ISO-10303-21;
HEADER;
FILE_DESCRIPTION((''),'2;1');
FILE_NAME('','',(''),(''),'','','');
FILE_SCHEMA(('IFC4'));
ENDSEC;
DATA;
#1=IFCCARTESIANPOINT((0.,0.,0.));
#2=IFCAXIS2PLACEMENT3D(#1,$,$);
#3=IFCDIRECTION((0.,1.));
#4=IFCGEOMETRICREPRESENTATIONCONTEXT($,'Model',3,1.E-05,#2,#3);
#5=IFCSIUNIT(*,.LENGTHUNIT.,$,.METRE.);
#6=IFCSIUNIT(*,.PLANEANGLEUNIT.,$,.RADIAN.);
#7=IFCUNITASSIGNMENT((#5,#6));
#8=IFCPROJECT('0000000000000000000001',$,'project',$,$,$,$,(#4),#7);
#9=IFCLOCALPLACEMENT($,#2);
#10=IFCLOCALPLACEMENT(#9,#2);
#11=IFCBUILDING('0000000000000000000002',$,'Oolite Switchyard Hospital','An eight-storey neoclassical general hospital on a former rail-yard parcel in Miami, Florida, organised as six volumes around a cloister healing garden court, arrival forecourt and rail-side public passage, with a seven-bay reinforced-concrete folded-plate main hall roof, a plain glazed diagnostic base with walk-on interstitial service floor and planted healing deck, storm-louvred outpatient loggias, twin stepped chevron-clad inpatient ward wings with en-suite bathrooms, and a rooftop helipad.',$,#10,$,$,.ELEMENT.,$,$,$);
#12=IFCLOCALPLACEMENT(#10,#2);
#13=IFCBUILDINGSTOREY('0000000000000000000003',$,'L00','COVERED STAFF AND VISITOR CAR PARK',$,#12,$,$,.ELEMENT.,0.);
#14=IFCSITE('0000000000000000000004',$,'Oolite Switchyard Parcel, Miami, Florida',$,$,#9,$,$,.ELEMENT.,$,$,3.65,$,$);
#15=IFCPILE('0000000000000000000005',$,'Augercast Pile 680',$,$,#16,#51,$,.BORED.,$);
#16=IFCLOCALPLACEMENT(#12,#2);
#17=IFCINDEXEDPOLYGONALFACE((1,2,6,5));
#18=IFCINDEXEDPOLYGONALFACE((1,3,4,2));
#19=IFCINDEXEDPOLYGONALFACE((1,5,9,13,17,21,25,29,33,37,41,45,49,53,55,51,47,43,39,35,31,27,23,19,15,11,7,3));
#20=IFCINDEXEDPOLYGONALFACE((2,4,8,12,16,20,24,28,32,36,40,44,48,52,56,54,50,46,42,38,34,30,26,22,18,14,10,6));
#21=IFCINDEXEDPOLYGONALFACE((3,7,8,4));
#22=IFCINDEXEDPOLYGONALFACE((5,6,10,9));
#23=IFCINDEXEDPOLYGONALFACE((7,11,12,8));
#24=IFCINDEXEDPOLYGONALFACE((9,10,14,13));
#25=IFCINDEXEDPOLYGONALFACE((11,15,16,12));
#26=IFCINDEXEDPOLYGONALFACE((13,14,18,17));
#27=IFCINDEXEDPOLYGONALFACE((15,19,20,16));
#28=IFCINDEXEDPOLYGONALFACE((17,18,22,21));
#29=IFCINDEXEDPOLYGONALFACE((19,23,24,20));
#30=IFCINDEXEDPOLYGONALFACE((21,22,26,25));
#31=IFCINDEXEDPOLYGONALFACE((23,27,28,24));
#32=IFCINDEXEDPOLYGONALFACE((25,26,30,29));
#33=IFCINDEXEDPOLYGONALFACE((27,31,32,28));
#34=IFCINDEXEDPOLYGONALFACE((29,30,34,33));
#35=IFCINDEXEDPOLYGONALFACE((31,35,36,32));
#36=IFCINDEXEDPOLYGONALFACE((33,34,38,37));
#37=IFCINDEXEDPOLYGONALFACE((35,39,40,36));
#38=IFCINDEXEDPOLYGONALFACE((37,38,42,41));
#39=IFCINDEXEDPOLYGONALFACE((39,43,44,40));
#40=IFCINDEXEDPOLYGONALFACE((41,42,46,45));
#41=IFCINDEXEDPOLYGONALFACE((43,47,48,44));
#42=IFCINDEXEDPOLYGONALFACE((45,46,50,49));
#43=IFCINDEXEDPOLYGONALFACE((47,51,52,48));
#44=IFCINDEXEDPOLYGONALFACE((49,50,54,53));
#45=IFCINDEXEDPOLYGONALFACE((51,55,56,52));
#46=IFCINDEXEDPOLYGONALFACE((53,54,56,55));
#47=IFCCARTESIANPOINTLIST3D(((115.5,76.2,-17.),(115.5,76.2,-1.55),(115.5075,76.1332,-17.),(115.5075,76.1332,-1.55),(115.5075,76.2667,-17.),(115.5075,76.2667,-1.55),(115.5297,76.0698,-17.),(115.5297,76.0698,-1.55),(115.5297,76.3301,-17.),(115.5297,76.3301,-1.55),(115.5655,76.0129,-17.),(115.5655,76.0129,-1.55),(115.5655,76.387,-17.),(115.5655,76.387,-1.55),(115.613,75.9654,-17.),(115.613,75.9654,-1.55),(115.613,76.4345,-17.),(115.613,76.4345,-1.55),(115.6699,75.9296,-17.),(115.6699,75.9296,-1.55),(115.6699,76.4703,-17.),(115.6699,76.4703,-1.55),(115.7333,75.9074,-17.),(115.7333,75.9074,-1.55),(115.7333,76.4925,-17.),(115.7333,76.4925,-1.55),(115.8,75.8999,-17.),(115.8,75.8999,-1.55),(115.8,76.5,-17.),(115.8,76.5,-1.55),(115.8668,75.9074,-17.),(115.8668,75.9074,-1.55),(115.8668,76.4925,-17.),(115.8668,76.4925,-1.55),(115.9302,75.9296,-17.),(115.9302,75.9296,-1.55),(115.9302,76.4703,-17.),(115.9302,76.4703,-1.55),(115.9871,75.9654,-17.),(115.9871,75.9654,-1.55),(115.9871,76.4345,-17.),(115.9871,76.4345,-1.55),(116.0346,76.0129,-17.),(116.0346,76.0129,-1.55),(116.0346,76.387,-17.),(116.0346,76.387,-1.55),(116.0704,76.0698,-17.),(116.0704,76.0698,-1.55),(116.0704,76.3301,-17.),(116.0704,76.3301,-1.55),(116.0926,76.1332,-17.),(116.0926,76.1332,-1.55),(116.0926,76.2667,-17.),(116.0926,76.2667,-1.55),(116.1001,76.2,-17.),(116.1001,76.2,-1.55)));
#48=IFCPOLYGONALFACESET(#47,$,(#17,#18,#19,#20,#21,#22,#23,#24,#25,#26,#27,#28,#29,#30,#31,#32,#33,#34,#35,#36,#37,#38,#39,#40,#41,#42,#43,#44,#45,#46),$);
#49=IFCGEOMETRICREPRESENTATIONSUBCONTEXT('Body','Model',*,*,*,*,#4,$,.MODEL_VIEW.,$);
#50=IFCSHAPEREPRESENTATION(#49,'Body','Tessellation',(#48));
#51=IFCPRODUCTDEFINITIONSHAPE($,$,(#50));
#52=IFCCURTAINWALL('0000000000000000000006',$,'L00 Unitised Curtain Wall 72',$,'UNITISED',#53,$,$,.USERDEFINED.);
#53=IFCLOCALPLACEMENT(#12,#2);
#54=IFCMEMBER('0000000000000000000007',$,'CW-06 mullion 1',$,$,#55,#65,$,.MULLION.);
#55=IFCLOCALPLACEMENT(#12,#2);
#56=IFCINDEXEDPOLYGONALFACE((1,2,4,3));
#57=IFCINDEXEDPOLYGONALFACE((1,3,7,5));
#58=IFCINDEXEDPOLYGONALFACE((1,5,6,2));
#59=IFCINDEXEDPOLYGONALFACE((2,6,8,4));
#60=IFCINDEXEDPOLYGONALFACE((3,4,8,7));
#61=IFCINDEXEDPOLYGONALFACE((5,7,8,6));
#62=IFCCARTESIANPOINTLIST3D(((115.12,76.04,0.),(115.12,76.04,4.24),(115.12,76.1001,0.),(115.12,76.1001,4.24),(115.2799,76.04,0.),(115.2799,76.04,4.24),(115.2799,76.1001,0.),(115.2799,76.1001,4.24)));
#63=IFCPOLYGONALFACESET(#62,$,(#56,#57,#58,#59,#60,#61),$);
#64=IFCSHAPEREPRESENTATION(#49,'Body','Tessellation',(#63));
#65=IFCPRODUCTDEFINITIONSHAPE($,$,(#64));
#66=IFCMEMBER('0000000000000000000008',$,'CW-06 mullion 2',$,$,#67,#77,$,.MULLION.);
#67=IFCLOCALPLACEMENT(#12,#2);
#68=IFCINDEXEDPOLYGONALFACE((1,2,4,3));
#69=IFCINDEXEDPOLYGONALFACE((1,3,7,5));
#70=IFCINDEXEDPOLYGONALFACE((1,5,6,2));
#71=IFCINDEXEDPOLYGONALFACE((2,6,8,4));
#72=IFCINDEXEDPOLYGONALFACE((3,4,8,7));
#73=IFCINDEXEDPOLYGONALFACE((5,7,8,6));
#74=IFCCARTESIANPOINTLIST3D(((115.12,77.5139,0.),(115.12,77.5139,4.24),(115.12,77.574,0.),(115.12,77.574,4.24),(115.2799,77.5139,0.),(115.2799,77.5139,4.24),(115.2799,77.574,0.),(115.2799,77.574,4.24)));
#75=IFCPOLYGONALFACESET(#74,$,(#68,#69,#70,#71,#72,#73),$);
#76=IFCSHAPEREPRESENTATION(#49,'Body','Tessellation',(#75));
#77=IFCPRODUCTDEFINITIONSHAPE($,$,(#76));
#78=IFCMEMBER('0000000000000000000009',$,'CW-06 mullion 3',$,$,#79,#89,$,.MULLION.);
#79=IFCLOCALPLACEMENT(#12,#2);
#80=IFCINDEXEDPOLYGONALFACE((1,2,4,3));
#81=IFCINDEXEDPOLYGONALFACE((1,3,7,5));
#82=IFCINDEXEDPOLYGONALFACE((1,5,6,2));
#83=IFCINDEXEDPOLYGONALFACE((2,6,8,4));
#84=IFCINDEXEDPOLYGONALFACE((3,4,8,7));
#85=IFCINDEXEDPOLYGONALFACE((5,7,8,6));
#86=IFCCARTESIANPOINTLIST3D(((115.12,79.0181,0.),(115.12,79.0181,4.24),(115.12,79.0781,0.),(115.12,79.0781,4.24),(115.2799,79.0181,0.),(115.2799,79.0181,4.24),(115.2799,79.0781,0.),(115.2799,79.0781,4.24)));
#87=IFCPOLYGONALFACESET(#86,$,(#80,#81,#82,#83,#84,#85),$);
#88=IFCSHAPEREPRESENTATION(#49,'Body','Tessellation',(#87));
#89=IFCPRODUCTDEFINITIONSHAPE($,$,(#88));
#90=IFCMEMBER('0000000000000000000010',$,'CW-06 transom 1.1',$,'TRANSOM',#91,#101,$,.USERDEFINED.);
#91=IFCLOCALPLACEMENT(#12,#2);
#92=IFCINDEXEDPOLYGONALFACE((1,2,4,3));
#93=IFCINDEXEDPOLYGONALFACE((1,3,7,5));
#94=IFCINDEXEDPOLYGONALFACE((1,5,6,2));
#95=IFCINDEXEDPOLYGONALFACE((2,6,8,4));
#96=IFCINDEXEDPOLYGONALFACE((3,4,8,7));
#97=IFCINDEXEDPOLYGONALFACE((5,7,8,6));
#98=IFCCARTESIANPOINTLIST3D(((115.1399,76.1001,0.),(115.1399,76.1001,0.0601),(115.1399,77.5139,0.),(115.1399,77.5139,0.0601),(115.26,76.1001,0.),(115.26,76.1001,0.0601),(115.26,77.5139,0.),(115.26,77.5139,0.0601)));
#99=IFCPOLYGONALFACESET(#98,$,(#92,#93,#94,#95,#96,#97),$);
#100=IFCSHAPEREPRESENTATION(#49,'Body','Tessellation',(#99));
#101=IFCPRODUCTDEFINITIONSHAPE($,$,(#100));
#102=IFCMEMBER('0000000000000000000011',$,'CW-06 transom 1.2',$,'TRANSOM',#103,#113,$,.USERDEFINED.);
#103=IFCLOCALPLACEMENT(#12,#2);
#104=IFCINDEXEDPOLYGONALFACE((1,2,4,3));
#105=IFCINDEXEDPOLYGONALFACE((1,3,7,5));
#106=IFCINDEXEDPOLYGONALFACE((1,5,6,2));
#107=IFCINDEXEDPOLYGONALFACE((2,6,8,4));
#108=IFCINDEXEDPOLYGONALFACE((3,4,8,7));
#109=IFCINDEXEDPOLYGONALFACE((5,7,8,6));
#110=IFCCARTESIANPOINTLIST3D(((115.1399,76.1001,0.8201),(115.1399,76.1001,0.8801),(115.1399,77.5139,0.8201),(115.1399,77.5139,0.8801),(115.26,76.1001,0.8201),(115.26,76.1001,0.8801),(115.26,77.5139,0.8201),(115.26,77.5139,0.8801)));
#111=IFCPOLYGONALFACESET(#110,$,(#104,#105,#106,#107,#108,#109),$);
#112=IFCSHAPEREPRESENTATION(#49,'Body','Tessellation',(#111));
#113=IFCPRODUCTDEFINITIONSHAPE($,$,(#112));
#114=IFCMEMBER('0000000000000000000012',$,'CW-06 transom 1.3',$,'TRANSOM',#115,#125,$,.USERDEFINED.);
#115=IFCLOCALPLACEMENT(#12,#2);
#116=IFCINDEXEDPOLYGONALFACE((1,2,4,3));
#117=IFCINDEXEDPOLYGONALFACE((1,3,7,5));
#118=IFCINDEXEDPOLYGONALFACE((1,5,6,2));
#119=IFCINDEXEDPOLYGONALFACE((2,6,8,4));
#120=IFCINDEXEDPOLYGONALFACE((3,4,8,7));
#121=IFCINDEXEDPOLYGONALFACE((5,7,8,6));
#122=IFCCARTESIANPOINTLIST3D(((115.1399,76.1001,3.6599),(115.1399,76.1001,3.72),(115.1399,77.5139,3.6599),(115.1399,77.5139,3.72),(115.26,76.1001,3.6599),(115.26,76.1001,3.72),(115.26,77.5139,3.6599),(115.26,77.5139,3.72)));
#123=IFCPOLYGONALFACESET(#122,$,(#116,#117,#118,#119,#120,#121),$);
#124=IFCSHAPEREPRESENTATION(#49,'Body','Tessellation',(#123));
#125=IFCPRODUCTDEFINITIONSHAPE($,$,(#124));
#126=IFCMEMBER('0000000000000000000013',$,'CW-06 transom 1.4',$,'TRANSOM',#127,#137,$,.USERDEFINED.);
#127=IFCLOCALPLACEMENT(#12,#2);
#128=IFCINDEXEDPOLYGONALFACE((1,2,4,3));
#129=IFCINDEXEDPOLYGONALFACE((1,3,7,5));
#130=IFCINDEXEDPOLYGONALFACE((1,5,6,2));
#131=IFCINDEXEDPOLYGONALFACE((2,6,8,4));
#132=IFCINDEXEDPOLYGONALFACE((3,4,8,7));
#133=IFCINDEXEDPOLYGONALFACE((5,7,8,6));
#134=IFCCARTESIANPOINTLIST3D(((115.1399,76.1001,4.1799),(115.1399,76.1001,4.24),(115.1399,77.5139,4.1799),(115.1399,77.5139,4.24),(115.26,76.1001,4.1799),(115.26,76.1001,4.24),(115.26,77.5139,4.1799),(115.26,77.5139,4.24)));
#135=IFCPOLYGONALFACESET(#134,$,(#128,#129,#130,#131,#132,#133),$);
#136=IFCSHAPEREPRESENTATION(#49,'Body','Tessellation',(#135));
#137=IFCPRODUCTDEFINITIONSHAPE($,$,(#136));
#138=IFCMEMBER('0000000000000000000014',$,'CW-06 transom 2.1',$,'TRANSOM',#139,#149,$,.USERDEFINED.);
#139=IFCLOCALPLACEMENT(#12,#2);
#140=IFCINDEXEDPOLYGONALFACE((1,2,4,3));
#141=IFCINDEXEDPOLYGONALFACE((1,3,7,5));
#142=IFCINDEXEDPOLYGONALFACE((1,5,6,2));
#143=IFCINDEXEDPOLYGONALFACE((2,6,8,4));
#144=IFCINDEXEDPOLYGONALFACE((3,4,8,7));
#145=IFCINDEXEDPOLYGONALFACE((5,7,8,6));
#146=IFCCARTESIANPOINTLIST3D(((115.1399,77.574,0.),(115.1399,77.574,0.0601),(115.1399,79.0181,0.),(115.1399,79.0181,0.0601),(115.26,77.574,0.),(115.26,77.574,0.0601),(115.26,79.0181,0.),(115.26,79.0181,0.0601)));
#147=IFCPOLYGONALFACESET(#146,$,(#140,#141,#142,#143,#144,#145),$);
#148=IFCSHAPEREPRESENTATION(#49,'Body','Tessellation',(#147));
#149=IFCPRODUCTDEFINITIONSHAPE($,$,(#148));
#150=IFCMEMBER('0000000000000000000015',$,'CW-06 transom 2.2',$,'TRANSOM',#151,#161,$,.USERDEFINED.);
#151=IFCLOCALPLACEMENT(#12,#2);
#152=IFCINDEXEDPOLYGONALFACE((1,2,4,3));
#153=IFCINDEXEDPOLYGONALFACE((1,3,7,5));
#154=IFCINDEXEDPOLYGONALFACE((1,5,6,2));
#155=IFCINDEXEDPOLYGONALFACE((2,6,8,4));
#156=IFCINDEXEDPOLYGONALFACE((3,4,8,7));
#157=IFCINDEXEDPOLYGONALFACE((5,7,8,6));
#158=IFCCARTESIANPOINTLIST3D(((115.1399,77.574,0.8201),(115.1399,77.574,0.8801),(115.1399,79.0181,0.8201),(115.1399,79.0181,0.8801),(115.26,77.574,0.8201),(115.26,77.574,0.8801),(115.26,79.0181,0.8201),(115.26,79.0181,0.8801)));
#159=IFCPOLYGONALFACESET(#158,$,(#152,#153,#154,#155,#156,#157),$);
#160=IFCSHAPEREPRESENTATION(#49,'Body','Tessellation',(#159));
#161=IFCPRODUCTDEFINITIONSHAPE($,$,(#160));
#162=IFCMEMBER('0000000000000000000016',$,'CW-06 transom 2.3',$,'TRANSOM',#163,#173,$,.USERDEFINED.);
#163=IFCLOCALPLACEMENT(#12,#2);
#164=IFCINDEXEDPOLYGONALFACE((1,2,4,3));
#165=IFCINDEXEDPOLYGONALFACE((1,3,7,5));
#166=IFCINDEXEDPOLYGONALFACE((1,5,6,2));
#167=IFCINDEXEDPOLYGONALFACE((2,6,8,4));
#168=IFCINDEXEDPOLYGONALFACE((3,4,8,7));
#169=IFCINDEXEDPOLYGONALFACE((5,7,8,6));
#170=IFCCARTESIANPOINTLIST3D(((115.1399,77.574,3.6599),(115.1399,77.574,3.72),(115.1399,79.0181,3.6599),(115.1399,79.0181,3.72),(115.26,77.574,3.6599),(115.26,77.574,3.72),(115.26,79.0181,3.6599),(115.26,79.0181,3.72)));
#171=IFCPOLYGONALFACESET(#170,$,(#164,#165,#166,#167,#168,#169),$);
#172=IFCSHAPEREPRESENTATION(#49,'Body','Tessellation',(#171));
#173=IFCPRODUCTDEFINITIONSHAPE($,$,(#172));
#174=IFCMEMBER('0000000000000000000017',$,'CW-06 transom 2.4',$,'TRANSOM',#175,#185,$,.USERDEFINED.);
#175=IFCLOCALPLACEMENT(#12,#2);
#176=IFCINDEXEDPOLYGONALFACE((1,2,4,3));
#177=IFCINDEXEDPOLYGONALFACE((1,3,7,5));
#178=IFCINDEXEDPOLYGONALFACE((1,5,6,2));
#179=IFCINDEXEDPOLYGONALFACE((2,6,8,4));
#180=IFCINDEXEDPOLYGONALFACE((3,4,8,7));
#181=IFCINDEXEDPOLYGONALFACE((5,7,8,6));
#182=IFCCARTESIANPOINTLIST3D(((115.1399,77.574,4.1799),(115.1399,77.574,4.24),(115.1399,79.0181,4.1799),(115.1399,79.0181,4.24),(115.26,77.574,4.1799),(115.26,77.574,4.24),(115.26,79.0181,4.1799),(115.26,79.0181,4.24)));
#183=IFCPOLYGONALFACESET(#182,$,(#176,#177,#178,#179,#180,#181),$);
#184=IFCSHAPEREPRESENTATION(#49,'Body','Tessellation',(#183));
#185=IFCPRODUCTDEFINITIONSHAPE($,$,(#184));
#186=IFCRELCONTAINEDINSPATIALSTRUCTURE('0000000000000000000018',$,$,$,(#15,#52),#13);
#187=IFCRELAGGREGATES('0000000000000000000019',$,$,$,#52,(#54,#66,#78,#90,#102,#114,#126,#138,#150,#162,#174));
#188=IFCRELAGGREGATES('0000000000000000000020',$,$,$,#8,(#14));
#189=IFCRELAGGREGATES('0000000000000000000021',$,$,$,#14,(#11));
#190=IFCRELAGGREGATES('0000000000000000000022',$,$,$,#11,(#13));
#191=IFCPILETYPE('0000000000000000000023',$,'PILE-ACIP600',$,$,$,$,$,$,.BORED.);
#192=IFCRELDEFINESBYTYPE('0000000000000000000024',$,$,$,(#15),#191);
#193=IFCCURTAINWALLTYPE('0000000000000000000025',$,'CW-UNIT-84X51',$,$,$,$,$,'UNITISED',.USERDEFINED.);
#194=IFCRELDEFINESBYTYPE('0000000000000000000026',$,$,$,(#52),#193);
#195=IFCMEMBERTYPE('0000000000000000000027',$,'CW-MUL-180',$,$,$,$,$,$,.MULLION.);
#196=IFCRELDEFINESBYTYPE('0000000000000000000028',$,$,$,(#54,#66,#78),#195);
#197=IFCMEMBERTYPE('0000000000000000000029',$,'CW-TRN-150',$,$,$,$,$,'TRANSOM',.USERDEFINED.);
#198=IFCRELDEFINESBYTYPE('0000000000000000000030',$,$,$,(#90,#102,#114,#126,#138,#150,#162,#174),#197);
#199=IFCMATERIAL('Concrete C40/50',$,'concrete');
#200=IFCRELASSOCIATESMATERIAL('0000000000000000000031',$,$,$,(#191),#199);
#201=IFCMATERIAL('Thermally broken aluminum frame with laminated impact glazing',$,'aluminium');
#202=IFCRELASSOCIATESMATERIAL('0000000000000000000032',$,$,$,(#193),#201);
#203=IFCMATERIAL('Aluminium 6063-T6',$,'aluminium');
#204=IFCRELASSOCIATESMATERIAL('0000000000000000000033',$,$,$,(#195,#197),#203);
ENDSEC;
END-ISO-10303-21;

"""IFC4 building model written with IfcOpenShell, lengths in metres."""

from ifc_helpers import new_model, si_unit, direction, frame, origin, origin_2d, place, context, subcontext, project, spatial, rectangle, circle, extrude, material, material_profile, profile_set, type_object, element, aggregate, save


model = new_model("IFC4")

# Units and contexts
model_context = context("Model", 3, precision=1e-05, world=origin(), true_north=direction((0.0, 1.0)))
body_context = subcontext(model_context, "Body", "Model", "MODEL_VIEW")
ifc_project = project(units=[si_unit("LENGTHUNIT", "METRE"), si_unit("PLANEANGLEUNIT", "RADIAN")], contexts=[model_context])

# Site, building, storey
site_placement = place(None, origin())
site = spatial("IfcSite", under=ifc_project, at=site_placement, Name="Oolite Switchyard Parcel, Miami, Florida", CompositionType="ELEMENT", RefElevation=3.65)
building_placement = place(site_placement, origin())
building = spatial("IfcBuilding", under=site, at=building_placement, Name="Oolite Switchyard Hospital", Description="An eight-storey neoclassical general hospital on a former rail-yard parcel in Miami, Florida, organised as six volumes around a cloister healing garden court, arrival forecourt and rail-side public passage, with a seven-bay reinforced-concrete folded-plate main hall roof, a plain glazed diagnostic base with walk-on interstitial service floor and planted healing deck, storm-louvred outpatient loggias, twin stepped chevron-clad inpatient ward wings with en-suite bathrooms, and a rooftop helipad.", CompositionType="ELEMENT")
storey_placement = place(building_placement, origin())
storey = spatial("IfcBuildingStorey", under=building, at=storey_placement, Name="L00", Description="COVERED STAFF AND VISITOR CAR PARK", CompositionType="ELEMENT", Elevation=0.0)

# Pile
ifc_material_1 = material(Name="Concrete C40/50", Category="concrete")
ifc_material_profile_1 = material_profile(ifc_material_1, circle(Radius=0.3, at=origin_2d()), Name="PILE600")
ifc_profile_set_1 = profile_set([ifc_material_profile_1], Name="Concrete C40/50")
pile_type = type_object("IfcPileType", Name="PILE-ACIP600", PredefinedType="BORED", material=ifc_profile_set_1)
pile_placement = place(storey_placement, frame((115.8, 76.2, -1.55), z_axis=(0.0, 0.0, -1.0), x_axis=(1.0, 0.0, 0.0)))
element("IfcPile", 1, at=pile_placement, inside=storey, type_object=pile_type, Name="Augercast Pile 680", PredefinedType="BORED", context=body_context, shape_type="SweptSolid", body=[
    extrude(circle(Radius=0.3, at=origin_2d()), origin(), (0.0, 0.0, 1.0), 15.45),
])

# Curtain wall, members
ifc_material_2 = material(Name="Thermally broken aluminum frame with laminated impact glazing", Category="aluminium")
curtain_wall_type = type_object("IfcCurtainWallType", Name="CW-UNIT-84X51", ElementType="UNITISED", PredefinedType="USERDEFINED", material=ifc_material_2)
curtain_wall_placement = place(storey_placement, origin())
curtain_wall = element("IfcCurtainWall", 2, at=curtain_wall_placement, inside=storey, type_object=curtain_wall_type, Name="L00 Unitised Curtain Wall 72", ObjectType="UNITISED", PredefinedType="USERDEFINED")
ifc_material_3 = material(Name="Aluminium 6063-T6", Category="aluminium")
ifc_material_profile_2 = material_profile(ifc_material_3, rectangle(XDim=0.1599, YDim=0.0601, at=origin_2d()), Name="CWM60X160")
ifc_profile_set_2 = profile_set([ifc_material_profile_2], Name="Aluminium 6063-T6")
member_type_1 = type_object("IfcMemberType", Name="CW-MUL-180", PredefinedType="MULLION", material=ifc_profile_set_2)
member_1_placement = place(storey_placement, frame((115.2, 76.0701, 0.0), z_axis=(0.0, 0.0, 1.0), x_axis=(-1.0, 0.0, 0.0)))
member_1 = element("IfcMember", 3, at=member_1_placement, type_object=member_type_1, Name="CW-06 mullion 1", PredefinedType="MULLION", context=body_context, shape_type="SweptSolid", body=[
    extrude(rectangle(XDim=0.1599, YDim=0.0601, at=origin_2d()), origin(), (0.0, 0.0, 1.0), 4.24),
])
member_2_placement = place(storey_placement, frame((115.2, 77.5439, 0.0), z_axis=(0.0, 0.0, 1.0), x_axis=(-1.0, 0.0, 0.0)))
member_2 = element("IfcMember", 4, at=member_2_placement, type_object=member_type_1, Name="CW-06 mullion 2", PredefinedType="MULLION", context=body_context, shape_type="SweptSolid", body=[
    extrude(rectangle(XDim=0.1599, YDim=0.0601, at=origin_2d()), origin(), (0.0, 0.0, 1.0), 4.24),
])
member_3_placement = place(storey_placement, frame((115.2, 79.0481, 0.0), z_axis=(0.0, 0.0, 1.0), x_axis=(-1.0, 0.0, 0.0)))
member_3 = element("IfcMember", 5, at=member_3_placement, type_object=member_type_1, Name="CW-06 mullion 3", PredefinedType="MULLION", context=body_context, shape_type="SweptSolid", body=[
    extrude(rectangle(XDim=0.1599, YDim=0.0601, at=origin_2d()), origin(), (0.0, 0.0, 1.0), 4.24),
])
ifc_material_profile_3 = material_profile(ifc_material_3, rectangle(XDim=0.1201, YDim=0.0601, at=origin_2d()), Name="CWT60X120")
ifc_profile_set_3 = profile_set([ifc_material_profile_3], Name="Aluminium 6063-T6")
member_type_2 = type_object("IfcMemberType", Name="CW-TRN-150", ElementType="TRANSOM", PredefinedType="USERDEFINED", material=ifc_profile_set_3)
member_4_placement = place(storey_placement, frame((115.2, 76.1001, 0.03), z_axis=(0.0, 1.0, 0.0), x_axis=(-1.0, 0.0, 0.0)))
member_4 = element("IfcMember", 6, at=member_4_placement, type_object=member_type_2, Name="CW-06 transom 1.1", ObjectType="TRANSOM", PredefinedType="USERDEFINED", context=body_context, shape_type="SweptSolid", body=[
    extrude(rectangle(XDim=0.1201, YDim=0.0601, at=origin_2d()), origin(), (0.0, 0.0, 1.0), 1.4138),
])
member_5_placement = place(storey_placement, frame((115.2, 76.1001, 0.8501), z_axis=(0.0, 1.0, 0.0), x_axis=(-1.0, 0.0, 0.0)))
member_5 = element("IfcMember", 7, at=member_5_placement, type_object=member_type_2, Name="CW-06 transom 1.2", ObjectType="TRANSOM", PredefinedType="USERDEFINED", context=body_context, shape_type="SweptSolid", body=[
    extrude(rectangle(XDim=0.1201, YDim=0.0601, at=origin_2d()), origin(), (0.0, 0.0, 1.0), 1.4138),
])
member_6_placement = place(storey_placement, frame((115.2, 76.1001, 3.6899), z_axis=(0.0, 1.0, 0.0), x_axis=(-1.0, 0.0, 0.0)))
member_6 = element("IfcMember", 8, at=member_6_placement, type_object=member_type_2, Name="CW-06 transom 1.3", ObjectType="TRANSOM", PredefinedType="USERDEFINED", context=body_context, shape_type="SweptSolid", body=[
    extrude(rectangle(XDim=0.1201, YDim=0.0601, at=origin_2d()), origin(), (0.0, 0.0, 1.0), 1.4138),
])
member_7_placement = place(storey_placement, frame((115.2, 76.1001, 4.21), z_axis=(0.0, 1.0, 0.0), x_axis=(-1.0, 0.0, 0.0)))
member_7 = element("IfcMember", 9, at=member_7_placement, type_object=member_type_2, Name="CW-06 transom 1.4", ObjectType="TRANSOM", PredefinedType="USERDEFINED", context=body_context, shape_type="SweptSolid", body=[
    extrude(rectangle(XDim=0.1201, YDim=0.0601, at=origin_2d()), origin(), (0.0, 0.0, 1.0), 1.4138),
])
member_8_placement = place(storey_placement, frame((115.2, 77.574, 0.03), z_axis=(0.0, 1.0, 0.0), x_axis=(-1.0, 0.0, 0.0)))
member_8 = element("IfcMember", 10, at=member_8_placement, type_object=member_type_2, Name="CW-06 transom 2.1", ObjectType="TRANSOM", PredefinedType="USERDEFINED", context=body_context, shape_type="SweptSolid", body=[
    extrude(rectangle(XDim=0.1201, YDim=0.0601, at=origin_2d()), origin(), (0.0, 0.0, 1.0), 1.4441),
])
member_9_placement = place(storey_placement, frame((115.2, 77.574, 0.8501), z_axis=(0.0, 1.0, 0.0), x_axis=(-1.0, 0.0, 0.0)))
member_9 = element("IfcMember", 11, at=member_9_placement, type_object=member_type_2, Name="CW-06 transom 2.2", ObjectType="TRANSOM", PredefinedType="USERDEFINED", context=body_context, shape_type="SweptSolid", body=[
    extrude(rectangle(XDim=0.1201, YDim=0.0601, at=origin_2d()), origin(), (0.0, 0.0, 1.0), 1.4441),
])
member_10_placement = place(storey_placement, frame((115.2, 77.574, 3.6899), z_axis=(0.0, 1.0, 0.0), x_axis=(-1.0, 0.0, 0.0)))
member_10 = element("IfcMember", 12, at=member_10_placement, type_object=member_type_2, Name="CW-06 transom 2.3", ObjectType="TRANSOM", PredefinedType="USERDEFINED", context=body_context, shape_type="SweptSolid", body=[
    extrude(rectangle(XDim=0.1201, YDim=0.0601, at=origin_2d()), origin(), (0.0, 0.0, 1.0), 1.4441),
])
member_11_placement = place(storey_placement, frame((115.2, 77.574, 4.21), z_axis=(0.0, 1.0, 0.0), x_axis=(-1.0, 0.0, 0.0)))
member_11 = element("IfcMember", 13, at=member_11_placement, type_object=member_type_2, Name="CW-06 transom 2.4", ObjectType="TRANSOM", PredefinedType="USERDEFINED", context=body_context, shape_type="SweptSolid", body=[
    extrude(rectangle(XDim=0.1201, YDim=0.0601, at=origin_2d()), origin(), (0.0, 0.0, 1.0), 1.4441),
])
aggregate(curtain_wall, [member_1, member_2, member_3, member_4, member_5, member_6, member_7, member_8, member_9, member_10, member_11])

save(model, "model.ifc")
